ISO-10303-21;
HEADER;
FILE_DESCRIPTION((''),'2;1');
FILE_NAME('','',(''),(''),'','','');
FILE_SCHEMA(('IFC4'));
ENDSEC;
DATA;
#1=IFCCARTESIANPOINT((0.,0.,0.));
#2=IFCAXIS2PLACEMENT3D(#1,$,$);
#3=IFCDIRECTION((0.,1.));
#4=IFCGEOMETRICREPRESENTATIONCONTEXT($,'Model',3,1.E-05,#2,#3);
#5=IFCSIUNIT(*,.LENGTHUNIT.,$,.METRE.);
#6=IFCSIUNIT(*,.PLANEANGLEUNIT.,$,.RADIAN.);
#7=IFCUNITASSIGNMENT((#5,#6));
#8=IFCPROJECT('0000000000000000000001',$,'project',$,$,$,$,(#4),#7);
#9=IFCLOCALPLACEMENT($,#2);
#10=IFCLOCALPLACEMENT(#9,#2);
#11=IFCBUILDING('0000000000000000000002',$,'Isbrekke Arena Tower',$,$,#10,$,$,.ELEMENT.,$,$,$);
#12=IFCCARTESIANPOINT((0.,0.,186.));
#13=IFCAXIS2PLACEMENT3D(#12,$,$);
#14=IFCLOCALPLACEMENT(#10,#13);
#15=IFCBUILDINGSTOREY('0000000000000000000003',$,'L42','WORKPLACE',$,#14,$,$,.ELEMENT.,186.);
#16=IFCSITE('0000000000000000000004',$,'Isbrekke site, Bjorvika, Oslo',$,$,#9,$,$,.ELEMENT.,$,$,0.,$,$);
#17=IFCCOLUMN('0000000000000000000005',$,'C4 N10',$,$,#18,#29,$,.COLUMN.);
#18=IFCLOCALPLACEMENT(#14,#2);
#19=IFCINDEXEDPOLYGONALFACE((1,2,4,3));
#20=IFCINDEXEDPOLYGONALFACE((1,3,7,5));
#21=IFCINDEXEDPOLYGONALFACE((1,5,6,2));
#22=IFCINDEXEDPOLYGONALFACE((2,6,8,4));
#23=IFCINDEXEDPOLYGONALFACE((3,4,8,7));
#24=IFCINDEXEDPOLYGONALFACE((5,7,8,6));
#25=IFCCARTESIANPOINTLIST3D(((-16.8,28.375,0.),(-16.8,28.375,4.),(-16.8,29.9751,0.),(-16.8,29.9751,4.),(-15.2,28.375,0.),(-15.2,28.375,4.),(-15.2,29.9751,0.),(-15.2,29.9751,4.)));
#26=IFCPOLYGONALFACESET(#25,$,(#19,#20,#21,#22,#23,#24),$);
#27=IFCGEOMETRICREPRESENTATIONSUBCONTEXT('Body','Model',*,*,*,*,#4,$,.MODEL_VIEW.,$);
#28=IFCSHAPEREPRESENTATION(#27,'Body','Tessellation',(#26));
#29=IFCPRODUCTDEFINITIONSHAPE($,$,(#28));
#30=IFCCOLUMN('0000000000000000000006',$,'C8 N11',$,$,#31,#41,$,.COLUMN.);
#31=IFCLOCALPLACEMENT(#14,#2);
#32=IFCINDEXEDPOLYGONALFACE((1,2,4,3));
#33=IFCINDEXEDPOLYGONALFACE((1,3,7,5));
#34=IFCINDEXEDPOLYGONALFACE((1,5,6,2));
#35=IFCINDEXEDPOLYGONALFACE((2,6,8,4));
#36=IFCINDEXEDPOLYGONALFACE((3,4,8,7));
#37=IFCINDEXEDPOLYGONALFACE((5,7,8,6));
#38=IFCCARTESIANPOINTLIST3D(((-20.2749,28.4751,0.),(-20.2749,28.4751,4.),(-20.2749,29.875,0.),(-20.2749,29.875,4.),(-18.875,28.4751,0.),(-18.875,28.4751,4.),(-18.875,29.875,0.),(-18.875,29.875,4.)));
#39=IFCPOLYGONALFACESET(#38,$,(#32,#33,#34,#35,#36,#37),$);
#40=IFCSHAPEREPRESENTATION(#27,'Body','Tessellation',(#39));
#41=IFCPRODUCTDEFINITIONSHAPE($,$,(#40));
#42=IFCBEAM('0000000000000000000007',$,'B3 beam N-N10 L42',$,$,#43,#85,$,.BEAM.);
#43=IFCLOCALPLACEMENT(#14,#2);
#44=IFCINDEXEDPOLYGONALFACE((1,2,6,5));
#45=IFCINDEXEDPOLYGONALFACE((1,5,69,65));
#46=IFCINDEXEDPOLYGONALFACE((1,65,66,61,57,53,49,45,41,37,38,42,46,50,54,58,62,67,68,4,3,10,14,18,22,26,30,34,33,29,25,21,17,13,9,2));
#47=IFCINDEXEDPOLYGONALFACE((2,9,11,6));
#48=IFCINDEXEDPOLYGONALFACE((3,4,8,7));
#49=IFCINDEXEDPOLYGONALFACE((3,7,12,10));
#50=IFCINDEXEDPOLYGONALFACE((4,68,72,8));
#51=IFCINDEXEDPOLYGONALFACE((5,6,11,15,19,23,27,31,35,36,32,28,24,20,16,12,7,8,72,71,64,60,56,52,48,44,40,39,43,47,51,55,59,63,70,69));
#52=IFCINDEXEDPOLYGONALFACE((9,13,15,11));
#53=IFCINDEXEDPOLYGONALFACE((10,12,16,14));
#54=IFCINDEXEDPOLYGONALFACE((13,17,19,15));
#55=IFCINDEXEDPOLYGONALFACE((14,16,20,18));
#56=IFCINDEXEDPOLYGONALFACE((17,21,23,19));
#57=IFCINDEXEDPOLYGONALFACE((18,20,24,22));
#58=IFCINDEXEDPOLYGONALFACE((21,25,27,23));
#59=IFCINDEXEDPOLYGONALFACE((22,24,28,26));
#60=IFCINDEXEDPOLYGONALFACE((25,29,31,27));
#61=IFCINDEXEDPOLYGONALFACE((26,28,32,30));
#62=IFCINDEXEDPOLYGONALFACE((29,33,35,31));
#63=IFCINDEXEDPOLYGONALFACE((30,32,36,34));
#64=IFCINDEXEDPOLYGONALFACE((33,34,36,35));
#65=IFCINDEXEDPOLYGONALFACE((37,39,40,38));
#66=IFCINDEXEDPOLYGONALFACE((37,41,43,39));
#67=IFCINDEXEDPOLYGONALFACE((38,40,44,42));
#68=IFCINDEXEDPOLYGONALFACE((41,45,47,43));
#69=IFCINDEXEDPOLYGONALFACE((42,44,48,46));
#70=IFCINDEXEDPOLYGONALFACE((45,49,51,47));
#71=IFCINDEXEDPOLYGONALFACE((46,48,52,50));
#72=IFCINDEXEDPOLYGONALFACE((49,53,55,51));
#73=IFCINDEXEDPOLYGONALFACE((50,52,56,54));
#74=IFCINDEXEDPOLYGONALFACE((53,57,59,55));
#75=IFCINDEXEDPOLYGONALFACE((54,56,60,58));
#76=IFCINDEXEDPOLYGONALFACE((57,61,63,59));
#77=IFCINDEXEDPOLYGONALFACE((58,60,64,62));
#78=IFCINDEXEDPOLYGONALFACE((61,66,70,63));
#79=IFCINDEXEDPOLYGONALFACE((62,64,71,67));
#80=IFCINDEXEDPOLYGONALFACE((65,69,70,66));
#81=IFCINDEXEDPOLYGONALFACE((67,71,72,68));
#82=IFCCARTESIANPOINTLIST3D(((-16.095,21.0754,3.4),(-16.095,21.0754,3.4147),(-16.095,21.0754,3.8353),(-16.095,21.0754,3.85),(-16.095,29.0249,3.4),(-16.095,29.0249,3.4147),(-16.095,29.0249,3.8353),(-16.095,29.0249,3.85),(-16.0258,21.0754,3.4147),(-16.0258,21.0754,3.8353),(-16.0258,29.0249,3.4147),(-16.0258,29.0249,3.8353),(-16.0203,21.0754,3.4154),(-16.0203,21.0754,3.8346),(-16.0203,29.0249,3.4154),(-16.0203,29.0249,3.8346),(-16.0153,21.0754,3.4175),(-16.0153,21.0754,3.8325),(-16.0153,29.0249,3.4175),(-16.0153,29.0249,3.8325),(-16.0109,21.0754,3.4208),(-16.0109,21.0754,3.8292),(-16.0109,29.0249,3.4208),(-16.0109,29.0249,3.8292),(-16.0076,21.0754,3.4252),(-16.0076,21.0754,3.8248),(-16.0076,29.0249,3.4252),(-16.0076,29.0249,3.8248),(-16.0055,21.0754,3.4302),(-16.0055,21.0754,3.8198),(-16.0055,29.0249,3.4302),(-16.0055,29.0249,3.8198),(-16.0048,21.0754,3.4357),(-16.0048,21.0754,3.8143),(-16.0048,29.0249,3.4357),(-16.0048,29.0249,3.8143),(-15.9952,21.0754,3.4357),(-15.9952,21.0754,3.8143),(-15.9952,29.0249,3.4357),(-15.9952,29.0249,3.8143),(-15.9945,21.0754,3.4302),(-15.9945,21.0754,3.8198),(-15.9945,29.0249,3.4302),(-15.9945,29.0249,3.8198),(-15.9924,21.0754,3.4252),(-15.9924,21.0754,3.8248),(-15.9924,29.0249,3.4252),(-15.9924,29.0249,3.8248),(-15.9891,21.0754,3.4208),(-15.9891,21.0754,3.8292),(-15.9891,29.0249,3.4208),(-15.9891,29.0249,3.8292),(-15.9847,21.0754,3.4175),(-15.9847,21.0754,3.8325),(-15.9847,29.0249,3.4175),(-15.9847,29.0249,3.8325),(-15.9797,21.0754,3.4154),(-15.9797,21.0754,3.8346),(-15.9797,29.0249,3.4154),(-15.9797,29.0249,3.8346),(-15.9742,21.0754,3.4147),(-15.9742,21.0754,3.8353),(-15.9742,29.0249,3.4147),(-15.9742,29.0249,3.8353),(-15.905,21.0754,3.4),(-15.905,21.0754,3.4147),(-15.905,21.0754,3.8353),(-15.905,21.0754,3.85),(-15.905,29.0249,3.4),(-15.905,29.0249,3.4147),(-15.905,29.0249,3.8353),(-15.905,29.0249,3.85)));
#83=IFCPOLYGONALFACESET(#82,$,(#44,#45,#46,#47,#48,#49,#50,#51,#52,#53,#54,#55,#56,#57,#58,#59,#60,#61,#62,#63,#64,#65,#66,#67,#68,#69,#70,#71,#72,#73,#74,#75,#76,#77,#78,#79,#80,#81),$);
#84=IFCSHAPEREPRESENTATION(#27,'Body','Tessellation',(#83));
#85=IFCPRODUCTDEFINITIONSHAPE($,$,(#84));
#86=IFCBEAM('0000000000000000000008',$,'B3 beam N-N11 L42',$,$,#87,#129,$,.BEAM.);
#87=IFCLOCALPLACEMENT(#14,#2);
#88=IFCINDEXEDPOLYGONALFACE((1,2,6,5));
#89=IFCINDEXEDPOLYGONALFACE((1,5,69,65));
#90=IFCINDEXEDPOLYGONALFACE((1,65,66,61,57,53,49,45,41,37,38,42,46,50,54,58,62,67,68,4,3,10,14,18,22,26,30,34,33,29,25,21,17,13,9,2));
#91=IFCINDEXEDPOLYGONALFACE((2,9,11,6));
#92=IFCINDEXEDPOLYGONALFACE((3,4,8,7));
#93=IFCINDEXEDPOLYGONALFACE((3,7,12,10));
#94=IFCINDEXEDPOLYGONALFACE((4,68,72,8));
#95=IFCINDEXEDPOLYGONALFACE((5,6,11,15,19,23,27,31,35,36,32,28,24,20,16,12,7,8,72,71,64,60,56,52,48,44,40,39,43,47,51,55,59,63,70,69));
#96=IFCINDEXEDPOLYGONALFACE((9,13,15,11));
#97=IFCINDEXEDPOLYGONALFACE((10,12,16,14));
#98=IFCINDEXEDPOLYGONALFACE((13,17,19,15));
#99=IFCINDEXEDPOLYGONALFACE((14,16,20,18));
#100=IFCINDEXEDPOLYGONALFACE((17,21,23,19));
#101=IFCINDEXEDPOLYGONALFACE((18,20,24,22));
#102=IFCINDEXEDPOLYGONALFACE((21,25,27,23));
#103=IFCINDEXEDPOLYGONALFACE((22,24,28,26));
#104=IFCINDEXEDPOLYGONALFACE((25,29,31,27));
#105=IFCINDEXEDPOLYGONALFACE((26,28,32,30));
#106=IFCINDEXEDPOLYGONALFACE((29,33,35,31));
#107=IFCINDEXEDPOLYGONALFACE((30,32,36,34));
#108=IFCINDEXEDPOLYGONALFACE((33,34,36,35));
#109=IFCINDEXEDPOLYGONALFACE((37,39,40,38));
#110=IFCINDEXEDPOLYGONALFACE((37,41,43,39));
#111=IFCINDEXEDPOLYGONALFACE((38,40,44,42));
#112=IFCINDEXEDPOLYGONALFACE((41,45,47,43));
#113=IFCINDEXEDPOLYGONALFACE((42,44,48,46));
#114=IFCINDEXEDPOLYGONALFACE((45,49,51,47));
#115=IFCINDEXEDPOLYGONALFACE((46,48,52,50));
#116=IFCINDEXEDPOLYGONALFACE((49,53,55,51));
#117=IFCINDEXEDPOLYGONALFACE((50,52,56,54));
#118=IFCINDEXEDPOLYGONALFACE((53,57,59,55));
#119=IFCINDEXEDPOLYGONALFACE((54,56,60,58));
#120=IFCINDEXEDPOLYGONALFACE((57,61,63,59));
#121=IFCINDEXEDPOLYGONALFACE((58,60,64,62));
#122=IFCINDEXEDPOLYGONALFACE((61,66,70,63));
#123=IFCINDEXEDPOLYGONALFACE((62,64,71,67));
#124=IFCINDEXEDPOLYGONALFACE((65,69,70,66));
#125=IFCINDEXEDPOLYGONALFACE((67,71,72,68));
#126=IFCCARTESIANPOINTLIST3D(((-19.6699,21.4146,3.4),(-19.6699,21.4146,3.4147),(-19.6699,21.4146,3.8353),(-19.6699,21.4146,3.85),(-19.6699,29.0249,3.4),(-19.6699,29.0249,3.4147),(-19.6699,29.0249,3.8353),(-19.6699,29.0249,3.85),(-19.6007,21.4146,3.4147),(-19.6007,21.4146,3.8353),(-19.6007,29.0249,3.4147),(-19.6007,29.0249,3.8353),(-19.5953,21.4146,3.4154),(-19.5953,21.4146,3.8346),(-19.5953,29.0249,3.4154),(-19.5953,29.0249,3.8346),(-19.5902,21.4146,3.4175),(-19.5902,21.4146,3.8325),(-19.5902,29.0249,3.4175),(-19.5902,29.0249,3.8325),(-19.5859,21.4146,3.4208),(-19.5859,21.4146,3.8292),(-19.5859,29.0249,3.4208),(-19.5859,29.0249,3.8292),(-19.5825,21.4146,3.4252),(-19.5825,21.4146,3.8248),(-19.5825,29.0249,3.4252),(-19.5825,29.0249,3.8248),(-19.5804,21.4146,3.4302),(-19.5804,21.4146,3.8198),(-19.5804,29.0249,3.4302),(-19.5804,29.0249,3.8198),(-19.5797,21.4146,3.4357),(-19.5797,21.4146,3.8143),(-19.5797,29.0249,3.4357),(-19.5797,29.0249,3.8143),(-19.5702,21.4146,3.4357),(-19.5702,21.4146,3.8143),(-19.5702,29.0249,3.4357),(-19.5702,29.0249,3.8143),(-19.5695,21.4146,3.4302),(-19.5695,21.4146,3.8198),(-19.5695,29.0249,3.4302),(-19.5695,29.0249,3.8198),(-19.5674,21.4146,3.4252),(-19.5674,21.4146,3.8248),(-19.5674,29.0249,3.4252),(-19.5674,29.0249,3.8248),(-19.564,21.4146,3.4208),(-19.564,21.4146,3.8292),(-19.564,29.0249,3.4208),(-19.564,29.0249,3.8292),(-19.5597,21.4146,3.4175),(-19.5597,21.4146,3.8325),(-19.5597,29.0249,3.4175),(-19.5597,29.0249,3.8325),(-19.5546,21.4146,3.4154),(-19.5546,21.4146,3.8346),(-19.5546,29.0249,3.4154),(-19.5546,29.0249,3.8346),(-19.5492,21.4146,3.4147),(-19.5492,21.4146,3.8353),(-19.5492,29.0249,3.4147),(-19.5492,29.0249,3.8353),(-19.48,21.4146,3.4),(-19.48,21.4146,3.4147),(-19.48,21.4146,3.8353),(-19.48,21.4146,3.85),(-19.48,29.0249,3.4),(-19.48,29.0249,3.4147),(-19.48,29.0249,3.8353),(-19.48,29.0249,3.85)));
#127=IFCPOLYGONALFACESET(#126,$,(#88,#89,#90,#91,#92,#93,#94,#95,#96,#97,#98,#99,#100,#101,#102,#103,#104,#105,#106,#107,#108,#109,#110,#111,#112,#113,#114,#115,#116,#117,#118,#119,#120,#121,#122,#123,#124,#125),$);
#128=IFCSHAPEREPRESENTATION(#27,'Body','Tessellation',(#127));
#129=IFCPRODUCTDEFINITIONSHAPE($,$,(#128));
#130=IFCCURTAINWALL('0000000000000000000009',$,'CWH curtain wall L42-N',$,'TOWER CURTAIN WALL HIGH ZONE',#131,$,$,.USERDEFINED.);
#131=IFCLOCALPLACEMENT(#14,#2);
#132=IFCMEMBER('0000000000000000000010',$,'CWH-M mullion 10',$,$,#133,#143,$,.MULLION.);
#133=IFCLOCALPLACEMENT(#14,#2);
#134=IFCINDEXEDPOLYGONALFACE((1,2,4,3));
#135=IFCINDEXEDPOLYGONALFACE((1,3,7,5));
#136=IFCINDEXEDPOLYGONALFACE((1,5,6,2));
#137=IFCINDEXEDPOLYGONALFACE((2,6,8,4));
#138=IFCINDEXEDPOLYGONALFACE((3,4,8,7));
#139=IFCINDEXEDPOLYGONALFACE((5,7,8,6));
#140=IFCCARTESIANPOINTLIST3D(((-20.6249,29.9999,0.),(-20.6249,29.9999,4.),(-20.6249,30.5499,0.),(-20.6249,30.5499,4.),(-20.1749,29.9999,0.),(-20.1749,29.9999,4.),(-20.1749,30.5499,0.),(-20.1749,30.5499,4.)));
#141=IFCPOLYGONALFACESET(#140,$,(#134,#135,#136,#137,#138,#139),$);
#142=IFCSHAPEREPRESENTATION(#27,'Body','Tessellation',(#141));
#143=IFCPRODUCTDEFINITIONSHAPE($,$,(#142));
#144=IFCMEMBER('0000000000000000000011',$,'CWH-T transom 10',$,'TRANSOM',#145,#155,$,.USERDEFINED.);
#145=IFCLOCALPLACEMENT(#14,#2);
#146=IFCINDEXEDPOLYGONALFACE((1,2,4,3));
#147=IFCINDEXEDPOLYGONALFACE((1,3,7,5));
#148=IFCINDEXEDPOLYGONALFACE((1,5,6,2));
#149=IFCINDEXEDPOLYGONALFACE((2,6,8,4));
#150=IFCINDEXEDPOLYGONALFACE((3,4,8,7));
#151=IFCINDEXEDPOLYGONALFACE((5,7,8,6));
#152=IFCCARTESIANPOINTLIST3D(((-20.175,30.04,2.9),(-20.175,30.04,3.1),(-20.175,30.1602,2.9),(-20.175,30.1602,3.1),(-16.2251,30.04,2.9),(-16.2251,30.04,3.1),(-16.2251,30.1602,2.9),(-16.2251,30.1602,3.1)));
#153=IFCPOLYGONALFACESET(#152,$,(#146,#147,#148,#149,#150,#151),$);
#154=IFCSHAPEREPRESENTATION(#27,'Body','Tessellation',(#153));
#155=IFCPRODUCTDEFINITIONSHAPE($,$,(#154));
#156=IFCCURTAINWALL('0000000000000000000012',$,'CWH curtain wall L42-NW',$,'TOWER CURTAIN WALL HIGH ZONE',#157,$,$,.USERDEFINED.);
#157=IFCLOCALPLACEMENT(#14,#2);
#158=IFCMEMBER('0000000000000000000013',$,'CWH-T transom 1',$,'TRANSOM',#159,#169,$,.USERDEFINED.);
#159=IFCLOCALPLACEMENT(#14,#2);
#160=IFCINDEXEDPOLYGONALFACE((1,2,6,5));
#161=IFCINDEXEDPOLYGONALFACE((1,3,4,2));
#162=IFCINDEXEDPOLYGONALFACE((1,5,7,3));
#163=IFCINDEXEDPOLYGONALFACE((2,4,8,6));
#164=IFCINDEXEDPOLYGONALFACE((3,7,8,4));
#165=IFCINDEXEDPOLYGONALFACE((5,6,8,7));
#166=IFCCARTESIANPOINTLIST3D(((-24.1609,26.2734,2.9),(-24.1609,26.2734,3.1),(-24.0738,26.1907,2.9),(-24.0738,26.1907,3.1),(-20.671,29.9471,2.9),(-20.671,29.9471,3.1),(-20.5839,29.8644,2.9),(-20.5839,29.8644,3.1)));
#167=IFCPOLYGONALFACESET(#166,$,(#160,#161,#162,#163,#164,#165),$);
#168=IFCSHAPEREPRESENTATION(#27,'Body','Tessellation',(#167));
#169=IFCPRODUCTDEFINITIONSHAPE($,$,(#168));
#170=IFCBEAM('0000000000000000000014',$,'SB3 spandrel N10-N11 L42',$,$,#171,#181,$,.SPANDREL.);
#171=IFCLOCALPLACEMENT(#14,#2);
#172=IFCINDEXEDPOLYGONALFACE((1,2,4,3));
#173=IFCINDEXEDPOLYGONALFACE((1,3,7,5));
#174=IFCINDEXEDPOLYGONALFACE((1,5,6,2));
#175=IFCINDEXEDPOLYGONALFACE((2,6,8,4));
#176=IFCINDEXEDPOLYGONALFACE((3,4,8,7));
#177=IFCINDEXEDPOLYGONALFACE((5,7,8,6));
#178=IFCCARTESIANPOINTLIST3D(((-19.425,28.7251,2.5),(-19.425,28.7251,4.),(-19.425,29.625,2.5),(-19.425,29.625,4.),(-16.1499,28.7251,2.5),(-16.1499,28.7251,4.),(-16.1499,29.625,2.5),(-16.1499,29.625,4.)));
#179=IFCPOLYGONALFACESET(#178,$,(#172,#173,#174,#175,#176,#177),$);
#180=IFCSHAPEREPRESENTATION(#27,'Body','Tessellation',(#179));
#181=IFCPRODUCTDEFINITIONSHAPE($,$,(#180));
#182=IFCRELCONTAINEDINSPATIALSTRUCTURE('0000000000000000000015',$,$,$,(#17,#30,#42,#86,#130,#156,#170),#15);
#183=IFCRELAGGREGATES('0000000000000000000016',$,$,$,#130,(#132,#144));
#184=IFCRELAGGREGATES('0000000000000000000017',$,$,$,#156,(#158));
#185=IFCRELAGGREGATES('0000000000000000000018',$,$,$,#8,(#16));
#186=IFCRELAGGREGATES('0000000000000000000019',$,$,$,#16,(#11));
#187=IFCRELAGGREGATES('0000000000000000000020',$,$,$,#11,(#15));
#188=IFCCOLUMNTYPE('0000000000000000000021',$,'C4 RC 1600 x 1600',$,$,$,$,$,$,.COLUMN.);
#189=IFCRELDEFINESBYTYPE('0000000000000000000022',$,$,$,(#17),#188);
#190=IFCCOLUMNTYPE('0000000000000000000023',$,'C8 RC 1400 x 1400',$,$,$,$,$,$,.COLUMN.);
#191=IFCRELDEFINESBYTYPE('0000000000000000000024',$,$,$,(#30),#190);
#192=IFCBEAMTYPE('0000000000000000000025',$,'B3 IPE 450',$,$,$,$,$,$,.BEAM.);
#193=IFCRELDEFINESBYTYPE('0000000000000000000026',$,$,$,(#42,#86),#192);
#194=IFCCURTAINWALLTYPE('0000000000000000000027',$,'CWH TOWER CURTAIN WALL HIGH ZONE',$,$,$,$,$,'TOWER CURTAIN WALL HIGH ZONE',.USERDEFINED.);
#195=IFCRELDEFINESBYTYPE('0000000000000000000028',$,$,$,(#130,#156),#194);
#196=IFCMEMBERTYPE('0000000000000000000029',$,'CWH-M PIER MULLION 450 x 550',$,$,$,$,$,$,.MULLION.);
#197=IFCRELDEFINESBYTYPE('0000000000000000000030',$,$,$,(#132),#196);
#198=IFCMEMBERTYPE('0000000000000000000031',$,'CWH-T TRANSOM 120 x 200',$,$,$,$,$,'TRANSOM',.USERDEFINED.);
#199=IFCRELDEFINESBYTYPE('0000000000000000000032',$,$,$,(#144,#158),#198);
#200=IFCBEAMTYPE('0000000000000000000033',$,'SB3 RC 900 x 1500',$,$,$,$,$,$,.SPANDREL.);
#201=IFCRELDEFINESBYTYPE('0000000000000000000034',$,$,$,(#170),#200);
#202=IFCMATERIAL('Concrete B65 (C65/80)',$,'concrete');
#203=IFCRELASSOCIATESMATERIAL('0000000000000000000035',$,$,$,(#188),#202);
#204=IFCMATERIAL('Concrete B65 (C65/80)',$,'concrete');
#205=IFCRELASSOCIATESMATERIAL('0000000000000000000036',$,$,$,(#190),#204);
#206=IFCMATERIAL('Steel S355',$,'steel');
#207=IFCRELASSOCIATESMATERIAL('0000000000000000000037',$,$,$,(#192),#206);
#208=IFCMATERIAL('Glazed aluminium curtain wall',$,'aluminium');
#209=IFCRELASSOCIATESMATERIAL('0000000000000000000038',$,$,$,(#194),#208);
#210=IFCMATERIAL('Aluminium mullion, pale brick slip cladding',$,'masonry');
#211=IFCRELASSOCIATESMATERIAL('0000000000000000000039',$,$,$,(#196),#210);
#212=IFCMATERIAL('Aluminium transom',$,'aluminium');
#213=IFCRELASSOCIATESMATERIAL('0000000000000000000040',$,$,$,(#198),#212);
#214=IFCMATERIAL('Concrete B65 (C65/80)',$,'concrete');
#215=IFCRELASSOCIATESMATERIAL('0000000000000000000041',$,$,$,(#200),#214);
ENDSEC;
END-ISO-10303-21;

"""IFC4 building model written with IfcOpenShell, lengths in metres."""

from ifc_helpers import new_model, si_unit, direction, frame, origin, origin_2d, place, context, subcontext, project, spatial, rectangle, i_section, extrude, material, material_profile, profile_set, type_object, element, aggregate, save


model = new_model("IFC4")

# Units and contexts
model_context = context("Model", 3, precision=1e-05, world=origin(), true_north=direction((0.0, 1.0)))
body_context = subcontext(model_context, "Body", "Model", "MODEL_VIEW")
ifc_project = project(units=[si_unit("LENGTHUNIT", "METRE"), si_unit("PLANEANGLEUNIT", "RADIAN")], contexts=[model_context])

# Site, building, storey
site_placement = place(None, origin())
site = spatial("IfcSite", under=ifc_project, at=site_placement, Name="Isbrekke site, Bjorvika, Oslo", CompositionType="ELEMENT", RefElevation=0.0)
building_placement = place(site_placement, origin())
building = spatial("IfcBuilding", under=site, at=building_placement, Name="Isbrekke Arena Tower", CompositionType="ELEMENT")
storey_placement = place(building_placement, frame((0.0, 0.0, 186.0)))
storey = spatial("IfcBuildingStorey", under=building, at=storey_placement, Name="L42", Description="WORKPLACE", CompositionType="ELEMENT", Elevation=186.0)

# Columns
ifc_material_1 = material(Name="Concrete B65 (C65/80)", Category="concrete")
ifc_material_profile_1 = material_profile(ifc_material_1, rectangle(XDim=1.6001, YDim=1.6001, at=origin_2d()), Name="RC 1600x1600")
ifc_profile_set_1 = profile_set([ifc_material_profile_1], Name="Concrete B65 (C65/80)")
column_type_1 = type_object("IfcColumnType", Name="C4 RC 1600 x 1600", PredefinedType="COLUMN", material=ifc_profile_set_1)
column_1_placement = place(storey_placement, frame((-16.0, 29.175, 0.0), z_axis=(0.0, 0.0, 1.0), x_axis=(-1.0, 0.0, 0.0)))
element("IfcColumn", 1, at=column_1_placement, inside=storey, type_object=column_type_1, Name="C4 N10", PredefinedType="COLUMN", context=body_context, shape_type="SweptSolid", body=[
    extrude(rectangle(XDim=1.6001, YDim=1.6001, at=origin_2d()), origin(), (0.0, 0.0, 1.0), 4.0),
])
ifc_material_2 = material(Name="Concrete B65 (C65/80)", Category="concrete")
ifc_material_profile_2 = material_profile(ifc_material_2, rectangle(XDim=1.3999, YDim=1.3999, at=origin_2d()), Name="RC 1400x1400")
ifc_profile_set_2 = profile_set([ifc_material_profile_2], Name="Concrete B65 (C65/80)")
column_type_2 = type_object("IfcColumnType", Name="C8 RC 1400 x 1400", PredefinedType="COLUMN", material=ifc_profile_set_2)
column_2_placement = place(storey_placement, frame((-19.575, 29.175, 0.0), z_axis=(0.0, 0.0, 1.0), x_axis=(-1.0, 0.0, 0.0)))
element("IfcColumn", 2, at=column_2_placement, inside=storey, type_object=column_type_2, Name="C8 N11", PredefinedType="COLUMN", context=body_context, shape_type="SweptSolid", body=[
    extrude(rectangle(XDim=1.3999, YDim=1.3999, at=origin_2d()), origin(), (0.0, 0.0, 1.0), 4.0),
])

# Beams
ifc_material_3 = material(Name="Steel S355", Category="steel")
ifc_material_profile_3 = material_profile(ifc_material_3, i_section(OverallWidth=0.1899, OverallDepth=0.45, WebThickness=0.0095, FlangeThickness=0.0146, FilletRadius=0.021, at=origin_2d()), Name="IPE 450")
ifc_profile_set_3 = profile_set([ifc_material_profile_3], Name="Steel S355")
beam_type_1 = type_object("IfcBeamType", Name="B3 IPE 450", PredefinedType="BEAM", material=ifc_profile_set_3)
beam_1_placement = place(storey_placement, frame((-16.0, 29.0249, 3.625), z_axis=(0.0, -1.0, 0.0), x_axis=(1.0, 0.0, 0.0)))
element("IfcBeam", 3, at=beam_1_placement, inside=storey, type_object=beam_type_1, Name="B3 beam N-N10 L42", PredefinedType="BEAM", context=body_context, shape_type="SweptSolid", body=[
    extrude(i_section(OverallWidth=0.1899, OverallDepth=0.45, WebThickness=0.0095, FlangeThickness=0.0146, FilletRadius=0.021, at=origin_2d()), origin(), (0.0, 0.0, 1.0), 7.9495),
])
beam_2_placement = place(storey_placement, frame((-19.575, 29.0249, 3.625), z_axis=(0.0, -1.0, 0.0), x_axis=(1.0, 0.0, 0.0)))
element("IfcBeam", 4, at=beam_2_placement, inside=storey, type_object=beam_type_1, Name="B3 beam N-N11 L42", PredefinedType="BEAM", context=body_context, shape_type="SweptSolid", body=[
    extrude(i_section(OverallWidth=0.1899, OverallDepth=0.45, WebThickness=0.0095, FlangeThickness=0.0146, FilletRadius=0.021, at=origin_2d()), origin(), (0.0, 0.0, 1.0), 7.6104),
])

# Curtain wall, members
ifc_material_4 = material(Name="Glazed aluminium curtain wall", Category="aluminium")
curtain_wall_type = type_object("IfcCurtainWallType", Name="CWH TOWER CURTAIN WALL HIGH ZONE", ElementType="TOWER CURTAIN WALL HIGH ZONE", PredefinedType="USERDEFINED", material=ifc_material_4)
curtain_wall_1_placement = place(storey_placement, origin())
curtain_wall_1 = element("IfcCurtainWall", 5, at=curtain_wall_1_placement, inside=storey, type_object=curtain_wall_type, Name="CWH curtain wall L42-N", ObjectType="TOWER CURTAIN WALL HIGH ZONE", PredefinedType="USERDEFINED")
ifc_material_5 = material(Name="Aluminium mullion, pale brick slip cladding", Category="masonry")
ifc_material_profile_4 = material_profile(ifc_material_5, rectangle(XDim=0.45, YDim=0.55, at=origin_2d()), Name="PIER 450X550")
ifc_profile_set_4 = profile_set([ifc_material_profile_4], Name="Aluminium mullion, pale brick slip cladding")
member_type_1 = type_object("IfcMemberType", Name="CWH-M PIER MULLION 450 x 550", PredefinedType="MULLION", material=ifc_profile_set_4)
member_1_placement = place(storey_placement, frame((-20.3999, 30.2749, 0.0), z_axis=(0.0, 0.0, 1.0), x_axis=(-1.0, 0.0, 0.0)))
member_1 = element("IfcMember", 6, at=member_1_placement, type_object=member_type_1, Name="CWH-M mullion 10", PredefinedType="MULLION", context=body_context, shape_type="SweptSolid", body=[
    extrude(rectangle(XDim=0.45, YDim=0.55, at=origin_2d()), origin(), (0.0, 0.0, 1.0), 4.0),
])
ifc_material_6 = material(Name="Aluminium transom", Category="aluminium")
ifc_material_profile_5 = material_profile(ifc_material_6, rectangle(XDim=0.1201, YDim=0.2, at=origin_2d()), Name="TRANSOM 120X200")
ifc_profile_set_5 = profile_set([ifc_material_profile_5], Name="Aluminium transom")
member_type_2 = type_object("IfcMemberType", Name="CWH-T TRANSOM 120 x 200", ElementType="TRANSOM", PredefinedType="USERDEFINED", material=ifc_profile_set_5)
member_2_placement = place(storey_placement, frame((-16.2251, 30.1001, 3.0), z_axis=(-1.0, 0.0, 0.0), x_axis=(0.0, -1.0, 0.0)))
member_2 = element("IfcMember", 7, at=member_2_placement, type_object=member_type_2, Name="CWH-T transom 10", ObjectType="TRANSOM", PredefinedType="USERDEFINED", context=body_context, shape_type="SweptSolid", body=[
    extrude(rectangle(XDim=0.1201, YDim=0.2, at=origin_2d()), origin(), (0.0, 0.0, 1.0), 3.95),
])

# Curtain wall, member
curtain_wall_2_placement = place(storey_placement, origin())
curtain_wall_2 = element("IfcCurtainWall", 8, at=curtain_wall_2_placement, inside=storey, type_object=curtain_wall_type, Name="CWH curtain wall L42-NW", ObjectType="TOWER CURTAIN WALL HIGH ZONE", PredefinedType="USERDEFINED")
member_3_placement = place(storey_placement, frame((-20.6274, 29.9058, 3.0), z_axis=(-0.688734, -0.725014, 0.0), x_axis=(0.725014, -0.688734, 0.0)))
member_3 = element("IfcMember", 9, at=member_3_placement, type_object=member_type_2, Name="CWH-T transom 1", ObjectType="TRANSOM", PredefinedType="USERDEFINED", context=body_context, shape_type="SweptSolid", body=[
    extrude(rectangle(XDim=0.1201, YDim=0.2, at=origin_2d()), origin(), (0.0, 0.0, 1.0), 5.0671),
])

# Beam
ifc_material_7 = material(Name="Concrete B65 (C65/80)", Category="concrete")
ifc_material_profile_6 = material_profile(ifc_material_7, rectangle(XDim=0.8999, YDim=1.5, at=origin_2d()), Name="RC 900x1500")
ifc_profile_set_6 = profile_set([ifc_material_profile_6], Name="Concrete B65 (C65/80)")
beam_type_2 = type_object("IfcBeamType", Name="SB3 RC 900 x 1500", PredefinedType="SPANDREL", material=ifc_profile_set_6)
beam_3_placement = place(storey_placement, frame((-16.1499, 29.175, 3.25), z_axis=(-1.0, 0.0, 0.0), x_axis=(0.0, -1.0, 0.0)))
element("IfcBeam", 10, at=beam_3_placement, inside=storey, type_object=beam_type_2, Name="SB3 spandrel N10-N11 L42", PredefinedType="SPANDREL", context=body_context, shape_type="SweptSolid", body=[
    extrude(rectangle(XDim=0.8999, YDim=1.5, at=origin_2d()), origin(), (0.0, 0.0, 1.0), 3.2751),
])

aggregate(curtain_wall_1, [member_1, member_2])
aggregate(curtain_wall_2, [member_3])

save(model, "model.ifc")
